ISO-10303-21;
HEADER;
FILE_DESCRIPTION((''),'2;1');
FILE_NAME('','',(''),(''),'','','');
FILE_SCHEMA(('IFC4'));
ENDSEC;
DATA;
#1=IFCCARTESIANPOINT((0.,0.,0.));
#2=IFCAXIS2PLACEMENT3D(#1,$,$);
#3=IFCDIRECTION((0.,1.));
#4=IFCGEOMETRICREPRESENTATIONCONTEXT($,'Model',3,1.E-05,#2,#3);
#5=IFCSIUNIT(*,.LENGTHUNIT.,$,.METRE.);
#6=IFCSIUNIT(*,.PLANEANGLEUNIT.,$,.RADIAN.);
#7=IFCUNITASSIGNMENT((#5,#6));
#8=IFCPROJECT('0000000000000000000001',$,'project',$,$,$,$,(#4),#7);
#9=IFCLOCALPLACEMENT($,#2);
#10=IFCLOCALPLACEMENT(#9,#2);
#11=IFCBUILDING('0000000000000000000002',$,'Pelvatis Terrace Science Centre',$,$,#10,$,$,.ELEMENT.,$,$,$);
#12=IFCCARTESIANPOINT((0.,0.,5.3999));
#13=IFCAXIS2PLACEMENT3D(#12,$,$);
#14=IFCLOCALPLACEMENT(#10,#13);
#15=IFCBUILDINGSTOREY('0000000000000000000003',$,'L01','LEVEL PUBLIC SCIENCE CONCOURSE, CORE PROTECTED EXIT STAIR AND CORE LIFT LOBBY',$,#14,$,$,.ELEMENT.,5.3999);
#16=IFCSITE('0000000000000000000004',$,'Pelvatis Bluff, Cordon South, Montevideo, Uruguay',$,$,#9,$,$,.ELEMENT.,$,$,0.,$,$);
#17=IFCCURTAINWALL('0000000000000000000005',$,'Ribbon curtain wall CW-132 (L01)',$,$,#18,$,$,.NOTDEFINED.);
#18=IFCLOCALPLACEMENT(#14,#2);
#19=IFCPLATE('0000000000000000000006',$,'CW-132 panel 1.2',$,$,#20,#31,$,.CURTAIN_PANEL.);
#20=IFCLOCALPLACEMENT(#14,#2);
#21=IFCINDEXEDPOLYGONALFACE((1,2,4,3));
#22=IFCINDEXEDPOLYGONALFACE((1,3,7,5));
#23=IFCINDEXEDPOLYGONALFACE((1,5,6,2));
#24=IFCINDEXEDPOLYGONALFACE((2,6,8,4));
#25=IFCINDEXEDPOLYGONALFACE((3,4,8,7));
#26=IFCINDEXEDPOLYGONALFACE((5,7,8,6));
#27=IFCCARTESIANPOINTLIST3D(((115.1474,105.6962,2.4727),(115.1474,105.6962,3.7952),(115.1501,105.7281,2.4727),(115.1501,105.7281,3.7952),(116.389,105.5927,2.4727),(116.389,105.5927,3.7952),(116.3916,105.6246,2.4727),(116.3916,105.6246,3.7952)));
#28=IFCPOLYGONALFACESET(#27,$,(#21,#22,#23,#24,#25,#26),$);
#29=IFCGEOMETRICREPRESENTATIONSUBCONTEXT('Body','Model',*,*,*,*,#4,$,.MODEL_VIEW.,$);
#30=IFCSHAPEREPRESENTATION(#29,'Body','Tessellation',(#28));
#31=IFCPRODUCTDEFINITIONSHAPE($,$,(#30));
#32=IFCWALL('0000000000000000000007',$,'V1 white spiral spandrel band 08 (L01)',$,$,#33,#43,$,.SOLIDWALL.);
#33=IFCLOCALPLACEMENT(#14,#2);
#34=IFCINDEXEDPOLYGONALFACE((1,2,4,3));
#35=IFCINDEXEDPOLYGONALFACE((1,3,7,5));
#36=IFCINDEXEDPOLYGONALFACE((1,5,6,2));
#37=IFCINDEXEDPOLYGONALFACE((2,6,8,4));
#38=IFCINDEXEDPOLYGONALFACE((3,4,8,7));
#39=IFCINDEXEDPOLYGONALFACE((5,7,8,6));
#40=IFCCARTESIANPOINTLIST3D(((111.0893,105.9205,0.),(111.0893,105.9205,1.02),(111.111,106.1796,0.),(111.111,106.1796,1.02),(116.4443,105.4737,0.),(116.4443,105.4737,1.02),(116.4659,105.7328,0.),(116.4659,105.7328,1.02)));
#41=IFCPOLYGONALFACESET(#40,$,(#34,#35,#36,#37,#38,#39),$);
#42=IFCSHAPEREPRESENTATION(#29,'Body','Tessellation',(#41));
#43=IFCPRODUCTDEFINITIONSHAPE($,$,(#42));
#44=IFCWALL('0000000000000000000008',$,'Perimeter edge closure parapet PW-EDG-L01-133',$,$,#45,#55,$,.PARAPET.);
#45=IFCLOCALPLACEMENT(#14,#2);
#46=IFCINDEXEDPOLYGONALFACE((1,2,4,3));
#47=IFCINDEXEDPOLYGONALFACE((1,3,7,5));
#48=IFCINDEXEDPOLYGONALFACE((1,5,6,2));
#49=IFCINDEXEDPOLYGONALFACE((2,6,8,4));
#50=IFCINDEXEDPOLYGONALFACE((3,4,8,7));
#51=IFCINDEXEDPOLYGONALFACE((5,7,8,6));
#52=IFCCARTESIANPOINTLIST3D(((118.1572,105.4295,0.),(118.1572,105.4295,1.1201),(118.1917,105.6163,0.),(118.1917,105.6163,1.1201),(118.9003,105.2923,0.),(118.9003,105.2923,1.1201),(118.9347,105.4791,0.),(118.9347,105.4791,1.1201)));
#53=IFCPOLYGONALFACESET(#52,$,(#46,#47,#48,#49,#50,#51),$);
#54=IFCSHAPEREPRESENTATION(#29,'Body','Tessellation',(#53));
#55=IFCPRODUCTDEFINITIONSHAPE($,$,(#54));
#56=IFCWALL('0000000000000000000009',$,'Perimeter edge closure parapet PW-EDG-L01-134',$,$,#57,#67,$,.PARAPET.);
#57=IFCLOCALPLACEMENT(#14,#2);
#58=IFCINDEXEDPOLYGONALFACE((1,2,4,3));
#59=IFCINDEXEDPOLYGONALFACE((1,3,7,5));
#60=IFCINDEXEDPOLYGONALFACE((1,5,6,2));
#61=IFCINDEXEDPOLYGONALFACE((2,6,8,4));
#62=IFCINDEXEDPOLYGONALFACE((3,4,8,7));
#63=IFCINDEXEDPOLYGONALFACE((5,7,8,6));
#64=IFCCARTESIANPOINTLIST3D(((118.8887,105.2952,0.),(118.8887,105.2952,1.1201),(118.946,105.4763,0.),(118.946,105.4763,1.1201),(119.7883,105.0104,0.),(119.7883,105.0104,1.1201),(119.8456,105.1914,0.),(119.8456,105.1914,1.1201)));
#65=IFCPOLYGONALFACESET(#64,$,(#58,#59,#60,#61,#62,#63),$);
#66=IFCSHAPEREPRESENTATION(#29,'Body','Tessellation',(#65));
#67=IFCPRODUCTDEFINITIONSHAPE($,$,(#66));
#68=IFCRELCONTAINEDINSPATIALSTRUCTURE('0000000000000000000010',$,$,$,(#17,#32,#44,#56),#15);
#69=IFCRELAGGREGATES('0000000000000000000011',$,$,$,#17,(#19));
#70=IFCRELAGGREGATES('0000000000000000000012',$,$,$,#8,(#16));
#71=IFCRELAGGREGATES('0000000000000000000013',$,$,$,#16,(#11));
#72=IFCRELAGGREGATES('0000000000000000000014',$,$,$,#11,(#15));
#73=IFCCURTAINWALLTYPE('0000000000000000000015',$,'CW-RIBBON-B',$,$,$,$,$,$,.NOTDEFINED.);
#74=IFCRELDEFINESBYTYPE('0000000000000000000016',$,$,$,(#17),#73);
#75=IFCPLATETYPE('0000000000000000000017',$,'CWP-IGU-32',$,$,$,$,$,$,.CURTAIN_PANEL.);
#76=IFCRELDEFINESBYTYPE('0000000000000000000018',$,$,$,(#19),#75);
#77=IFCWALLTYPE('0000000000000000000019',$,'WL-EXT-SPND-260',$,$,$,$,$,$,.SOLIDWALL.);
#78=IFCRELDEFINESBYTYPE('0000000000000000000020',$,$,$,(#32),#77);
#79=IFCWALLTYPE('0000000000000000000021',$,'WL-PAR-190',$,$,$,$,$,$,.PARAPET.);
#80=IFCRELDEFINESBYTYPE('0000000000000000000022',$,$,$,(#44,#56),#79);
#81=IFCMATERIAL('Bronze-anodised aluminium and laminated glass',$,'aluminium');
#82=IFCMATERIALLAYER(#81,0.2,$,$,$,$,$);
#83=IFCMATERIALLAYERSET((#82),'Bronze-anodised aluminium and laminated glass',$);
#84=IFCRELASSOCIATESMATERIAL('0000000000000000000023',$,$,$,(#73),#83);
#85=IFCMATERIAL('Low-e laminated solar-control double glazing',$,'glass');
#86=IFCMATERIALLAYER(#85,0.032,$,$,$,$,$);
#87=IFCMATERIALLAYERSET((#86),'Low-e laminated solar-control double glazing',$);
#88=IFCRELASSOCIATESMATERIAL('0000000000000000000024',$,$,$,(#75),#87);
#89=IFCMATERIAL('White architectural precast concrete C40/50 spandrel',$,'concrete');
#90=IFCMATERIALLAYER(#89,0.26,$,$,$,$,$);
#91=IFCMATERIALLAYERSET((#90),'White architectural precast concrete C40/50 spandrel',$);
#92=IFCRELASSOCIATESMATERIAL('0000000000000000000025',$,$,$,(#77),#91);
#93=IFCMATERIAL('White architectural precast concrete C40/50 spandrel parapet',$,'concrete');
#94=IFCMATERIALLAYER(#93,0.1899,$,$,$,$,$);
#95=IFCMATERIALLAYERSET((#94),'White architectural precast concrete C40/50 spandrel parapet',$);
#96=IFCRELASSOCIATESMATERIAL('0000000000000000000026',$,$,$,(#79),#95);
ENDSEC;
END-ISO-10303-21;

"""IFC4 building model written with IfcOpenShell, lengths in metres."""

from ifc_helpers import new_model, si_unit, direction, frame, frame_2d, origin, origin_2d, place, context, subcontext, project, spatial, rectangle, extrude, material, layer, layer_set, type_object, element, aggregate, save


model = new_model("IFC4")

# Units and contexts
model_context = context("Model", 3, precision=1e-05, world=origin(), true_north=direction((0.0, 1.0)))
body_context = subcontext(model_context, "Body", "Model", "MODEL_VIEW")
ifc_project = project(units=[si_unit("LENGTHUNIT", "METRE"), si_unit("PLANEANGLEUNIT", "RADIAN")], contexts=[model_context])

# Site, building, storey
site_placement = place(None, origin())
site = spatial("IfcSite", under=ifc_project, at=site_placement, Name="Pelvatis Bluff, Cordon South, Montevideo, Uruguay", CompositionType="ELEMENT", RefElevation=0.0)
building_placement = place(site_placement, origin())
building = spatial("IfcBuilding", under=site, at=building_placement, Name="Pelvatis Terrace Science Centre", CompositionType="ELEMENT")
storey_placement = place(building_placement, frame((0.0, 0.0, 5.3999)))
storey = spatial("IfcBuildingStorey", under=building, at=storey_placement, Name="L01", Description="LEVEL PUBLIC SCIENCE CONCOURSE, CORE PROTECTED EXIT STAIR AND CORE LIFT LOBBY", CompositionType="ELEMENT", Elevation=5.3999)

# Curtain wall
ifc_material_1 = material(Name="Bronze-anodised aluminium and laminated glass", Category="aluminium")
ifc_layer_1 = layer(ifc_material_1, 0.2)
ifc_layer_set_1 = layer_set([ifc_layer_1], Name="Bronze-anodised aluminium and laminated glass")
curtain_wall_type = type_object("IfcCurtainWallType", Name="CW-RIBBON-B", PredefinedType="NOTDEFINED", material=ifc_layer_set_1)
curtain_wall_1_placement = place(storey_placement, origin())
curtain_wall_1 = element("IfcCurtainWall", 1, at=curtain_wall_1_placement, inside=storey, type_object=curtain_wall_type, Name="Ribbon curtain wall CW-132 (L01)", PredefinedType="NOTDEFINED")

# Plate
ifc_material_2 = material(Name="Low-e laminated solar-control double glazing", Category="glass")
ifc_layer_2 = layer(ifc_material_2, 0.032)
ifc_layer_set_2 = layer_set([ifc_layer_2], Name="Low-e laminated solar-control double glazing")
plate_type = type_object("IfcPlateType", Name="CWP-IGU-32", PredefinedType="CURTAIN_PANEL", material=ifc_layer_set_2)
plate_1_placement = place(storey_placement, frame((115.7695, 105.6604, 2.4727), z_axis=(0.0, 0.0, 1.0), x_axis=(-0.996539, 0.083126, 0.0)))
plate_1 = element("IfcPlate", 2, at=plate_1_placement, type_object=plate_type, Name="CW-132 panel 1.2", PredefinedType="CURTAIN_PANEL", context=body_context, shape_type="SweptSolid", body=[
    extrude(rectangle(XDim=1.2458, YDim=0.032, at=origin_2d()), origin(), (0.0, 0.0, 1.0), 1.3225),
])
aggregate(curtain_wall_1, [plate_1])

# Walls
ifc_material_3 = material(Name="White architectural precast concrete C40/50 spandrel", Category="concrete")
ifc_layer_3 = layer(ifc_material_3, 0.26)
ifc_layer_set_3 = layer_set([ifc_layer_3], Name="White architectural precast concrete C40/50 spandrel")
wall_type_1 = type_object("IfcWallType", Name="WL-EXT-SPND-260", PredefinedType="SOLIDWALL", material=ifc_layer_set_3)
wall_1_placement = place(storey_placement, frame((116.4551, 105.6033, 0.0), z_axis=(0.0, 0.0, 1.0), x_axis=(-0.996538, 0.083143, 0.0)))
element("IfcWall", 3, at=wall_1_placement, inside=storey, type_object=wall_type_1, Name="V1 white spiral spandrel band 08 (L01)", PredefinedType="SOLIDWALL", context=body_context, shape_type="SweptSolid", body=[
    extrude(rectangle(XDim=5.3735, YDim=0.26, at=frame_2d((2.6868, 0.0))), origin(), (0.0, 0.0, 1.0), 1.02),
])
ifc_material_4 = material(Name="White architectural precast concrete C40/50 spandrel parapet", Category="concrete")
ifc_layer_4 = layer(ifc_material_4, 0.1899)
ifc_layer_set_4 = layer_set([ifc_layer_4], Name="White architectural precast concrete C40/50 spandrel parapet")
wall_type_2 = type_object("IfcWallType", Name="WL-PAR-190", PredefinedType="PARAPET", material=ifc_layer_set_4)
wall_2_placement = place(storey_placement, frame((118.1743, 105.5229, 0.0), z_axis=(0.0, 0.0, 1.0), x_axis=(0.98338, -0.181557, 0.0)))
element("IfcWall", 4, at=wall_2_placement, inside=storey, type_object=wall_type_2, Name="Perimeter edge closure parapet PW-EDG-L01-133", PredefinedType="PARAPET", context=body_context, shape_type="SweptSolid", body=[
    extrude(rectangle(XDim=0.7556, YDim=0.1899, at=frame_2d((0.3779, 0.0))), origin(), (0.0, 0.0, 1.0), 1.1201),
])
wall_3_placement = place(storey_placement, frame((118.9175, 105.3857, 0.0), z_axis=(0.0, 0.0, 1.0), x_axis=(0.953336, -0.301911, 0.0)))
element("IfcWall", 5, at=wall_3_placement, inside=storey, type_object=wall_type_2, Name="Perimeter edge closure parapet PW-EDG-L01-134", PredefinedType="PARAPET", context=body_context, shape_type="SweptSolid", body=[
    extrude(rectangle(XDim=0.9436, YDim=0.1899, at=frame_2d((0.4717, 0.0))), origin(), (0.0, 0.0, 1.0), 1.1201),
])

save(model, "model.ifc")
